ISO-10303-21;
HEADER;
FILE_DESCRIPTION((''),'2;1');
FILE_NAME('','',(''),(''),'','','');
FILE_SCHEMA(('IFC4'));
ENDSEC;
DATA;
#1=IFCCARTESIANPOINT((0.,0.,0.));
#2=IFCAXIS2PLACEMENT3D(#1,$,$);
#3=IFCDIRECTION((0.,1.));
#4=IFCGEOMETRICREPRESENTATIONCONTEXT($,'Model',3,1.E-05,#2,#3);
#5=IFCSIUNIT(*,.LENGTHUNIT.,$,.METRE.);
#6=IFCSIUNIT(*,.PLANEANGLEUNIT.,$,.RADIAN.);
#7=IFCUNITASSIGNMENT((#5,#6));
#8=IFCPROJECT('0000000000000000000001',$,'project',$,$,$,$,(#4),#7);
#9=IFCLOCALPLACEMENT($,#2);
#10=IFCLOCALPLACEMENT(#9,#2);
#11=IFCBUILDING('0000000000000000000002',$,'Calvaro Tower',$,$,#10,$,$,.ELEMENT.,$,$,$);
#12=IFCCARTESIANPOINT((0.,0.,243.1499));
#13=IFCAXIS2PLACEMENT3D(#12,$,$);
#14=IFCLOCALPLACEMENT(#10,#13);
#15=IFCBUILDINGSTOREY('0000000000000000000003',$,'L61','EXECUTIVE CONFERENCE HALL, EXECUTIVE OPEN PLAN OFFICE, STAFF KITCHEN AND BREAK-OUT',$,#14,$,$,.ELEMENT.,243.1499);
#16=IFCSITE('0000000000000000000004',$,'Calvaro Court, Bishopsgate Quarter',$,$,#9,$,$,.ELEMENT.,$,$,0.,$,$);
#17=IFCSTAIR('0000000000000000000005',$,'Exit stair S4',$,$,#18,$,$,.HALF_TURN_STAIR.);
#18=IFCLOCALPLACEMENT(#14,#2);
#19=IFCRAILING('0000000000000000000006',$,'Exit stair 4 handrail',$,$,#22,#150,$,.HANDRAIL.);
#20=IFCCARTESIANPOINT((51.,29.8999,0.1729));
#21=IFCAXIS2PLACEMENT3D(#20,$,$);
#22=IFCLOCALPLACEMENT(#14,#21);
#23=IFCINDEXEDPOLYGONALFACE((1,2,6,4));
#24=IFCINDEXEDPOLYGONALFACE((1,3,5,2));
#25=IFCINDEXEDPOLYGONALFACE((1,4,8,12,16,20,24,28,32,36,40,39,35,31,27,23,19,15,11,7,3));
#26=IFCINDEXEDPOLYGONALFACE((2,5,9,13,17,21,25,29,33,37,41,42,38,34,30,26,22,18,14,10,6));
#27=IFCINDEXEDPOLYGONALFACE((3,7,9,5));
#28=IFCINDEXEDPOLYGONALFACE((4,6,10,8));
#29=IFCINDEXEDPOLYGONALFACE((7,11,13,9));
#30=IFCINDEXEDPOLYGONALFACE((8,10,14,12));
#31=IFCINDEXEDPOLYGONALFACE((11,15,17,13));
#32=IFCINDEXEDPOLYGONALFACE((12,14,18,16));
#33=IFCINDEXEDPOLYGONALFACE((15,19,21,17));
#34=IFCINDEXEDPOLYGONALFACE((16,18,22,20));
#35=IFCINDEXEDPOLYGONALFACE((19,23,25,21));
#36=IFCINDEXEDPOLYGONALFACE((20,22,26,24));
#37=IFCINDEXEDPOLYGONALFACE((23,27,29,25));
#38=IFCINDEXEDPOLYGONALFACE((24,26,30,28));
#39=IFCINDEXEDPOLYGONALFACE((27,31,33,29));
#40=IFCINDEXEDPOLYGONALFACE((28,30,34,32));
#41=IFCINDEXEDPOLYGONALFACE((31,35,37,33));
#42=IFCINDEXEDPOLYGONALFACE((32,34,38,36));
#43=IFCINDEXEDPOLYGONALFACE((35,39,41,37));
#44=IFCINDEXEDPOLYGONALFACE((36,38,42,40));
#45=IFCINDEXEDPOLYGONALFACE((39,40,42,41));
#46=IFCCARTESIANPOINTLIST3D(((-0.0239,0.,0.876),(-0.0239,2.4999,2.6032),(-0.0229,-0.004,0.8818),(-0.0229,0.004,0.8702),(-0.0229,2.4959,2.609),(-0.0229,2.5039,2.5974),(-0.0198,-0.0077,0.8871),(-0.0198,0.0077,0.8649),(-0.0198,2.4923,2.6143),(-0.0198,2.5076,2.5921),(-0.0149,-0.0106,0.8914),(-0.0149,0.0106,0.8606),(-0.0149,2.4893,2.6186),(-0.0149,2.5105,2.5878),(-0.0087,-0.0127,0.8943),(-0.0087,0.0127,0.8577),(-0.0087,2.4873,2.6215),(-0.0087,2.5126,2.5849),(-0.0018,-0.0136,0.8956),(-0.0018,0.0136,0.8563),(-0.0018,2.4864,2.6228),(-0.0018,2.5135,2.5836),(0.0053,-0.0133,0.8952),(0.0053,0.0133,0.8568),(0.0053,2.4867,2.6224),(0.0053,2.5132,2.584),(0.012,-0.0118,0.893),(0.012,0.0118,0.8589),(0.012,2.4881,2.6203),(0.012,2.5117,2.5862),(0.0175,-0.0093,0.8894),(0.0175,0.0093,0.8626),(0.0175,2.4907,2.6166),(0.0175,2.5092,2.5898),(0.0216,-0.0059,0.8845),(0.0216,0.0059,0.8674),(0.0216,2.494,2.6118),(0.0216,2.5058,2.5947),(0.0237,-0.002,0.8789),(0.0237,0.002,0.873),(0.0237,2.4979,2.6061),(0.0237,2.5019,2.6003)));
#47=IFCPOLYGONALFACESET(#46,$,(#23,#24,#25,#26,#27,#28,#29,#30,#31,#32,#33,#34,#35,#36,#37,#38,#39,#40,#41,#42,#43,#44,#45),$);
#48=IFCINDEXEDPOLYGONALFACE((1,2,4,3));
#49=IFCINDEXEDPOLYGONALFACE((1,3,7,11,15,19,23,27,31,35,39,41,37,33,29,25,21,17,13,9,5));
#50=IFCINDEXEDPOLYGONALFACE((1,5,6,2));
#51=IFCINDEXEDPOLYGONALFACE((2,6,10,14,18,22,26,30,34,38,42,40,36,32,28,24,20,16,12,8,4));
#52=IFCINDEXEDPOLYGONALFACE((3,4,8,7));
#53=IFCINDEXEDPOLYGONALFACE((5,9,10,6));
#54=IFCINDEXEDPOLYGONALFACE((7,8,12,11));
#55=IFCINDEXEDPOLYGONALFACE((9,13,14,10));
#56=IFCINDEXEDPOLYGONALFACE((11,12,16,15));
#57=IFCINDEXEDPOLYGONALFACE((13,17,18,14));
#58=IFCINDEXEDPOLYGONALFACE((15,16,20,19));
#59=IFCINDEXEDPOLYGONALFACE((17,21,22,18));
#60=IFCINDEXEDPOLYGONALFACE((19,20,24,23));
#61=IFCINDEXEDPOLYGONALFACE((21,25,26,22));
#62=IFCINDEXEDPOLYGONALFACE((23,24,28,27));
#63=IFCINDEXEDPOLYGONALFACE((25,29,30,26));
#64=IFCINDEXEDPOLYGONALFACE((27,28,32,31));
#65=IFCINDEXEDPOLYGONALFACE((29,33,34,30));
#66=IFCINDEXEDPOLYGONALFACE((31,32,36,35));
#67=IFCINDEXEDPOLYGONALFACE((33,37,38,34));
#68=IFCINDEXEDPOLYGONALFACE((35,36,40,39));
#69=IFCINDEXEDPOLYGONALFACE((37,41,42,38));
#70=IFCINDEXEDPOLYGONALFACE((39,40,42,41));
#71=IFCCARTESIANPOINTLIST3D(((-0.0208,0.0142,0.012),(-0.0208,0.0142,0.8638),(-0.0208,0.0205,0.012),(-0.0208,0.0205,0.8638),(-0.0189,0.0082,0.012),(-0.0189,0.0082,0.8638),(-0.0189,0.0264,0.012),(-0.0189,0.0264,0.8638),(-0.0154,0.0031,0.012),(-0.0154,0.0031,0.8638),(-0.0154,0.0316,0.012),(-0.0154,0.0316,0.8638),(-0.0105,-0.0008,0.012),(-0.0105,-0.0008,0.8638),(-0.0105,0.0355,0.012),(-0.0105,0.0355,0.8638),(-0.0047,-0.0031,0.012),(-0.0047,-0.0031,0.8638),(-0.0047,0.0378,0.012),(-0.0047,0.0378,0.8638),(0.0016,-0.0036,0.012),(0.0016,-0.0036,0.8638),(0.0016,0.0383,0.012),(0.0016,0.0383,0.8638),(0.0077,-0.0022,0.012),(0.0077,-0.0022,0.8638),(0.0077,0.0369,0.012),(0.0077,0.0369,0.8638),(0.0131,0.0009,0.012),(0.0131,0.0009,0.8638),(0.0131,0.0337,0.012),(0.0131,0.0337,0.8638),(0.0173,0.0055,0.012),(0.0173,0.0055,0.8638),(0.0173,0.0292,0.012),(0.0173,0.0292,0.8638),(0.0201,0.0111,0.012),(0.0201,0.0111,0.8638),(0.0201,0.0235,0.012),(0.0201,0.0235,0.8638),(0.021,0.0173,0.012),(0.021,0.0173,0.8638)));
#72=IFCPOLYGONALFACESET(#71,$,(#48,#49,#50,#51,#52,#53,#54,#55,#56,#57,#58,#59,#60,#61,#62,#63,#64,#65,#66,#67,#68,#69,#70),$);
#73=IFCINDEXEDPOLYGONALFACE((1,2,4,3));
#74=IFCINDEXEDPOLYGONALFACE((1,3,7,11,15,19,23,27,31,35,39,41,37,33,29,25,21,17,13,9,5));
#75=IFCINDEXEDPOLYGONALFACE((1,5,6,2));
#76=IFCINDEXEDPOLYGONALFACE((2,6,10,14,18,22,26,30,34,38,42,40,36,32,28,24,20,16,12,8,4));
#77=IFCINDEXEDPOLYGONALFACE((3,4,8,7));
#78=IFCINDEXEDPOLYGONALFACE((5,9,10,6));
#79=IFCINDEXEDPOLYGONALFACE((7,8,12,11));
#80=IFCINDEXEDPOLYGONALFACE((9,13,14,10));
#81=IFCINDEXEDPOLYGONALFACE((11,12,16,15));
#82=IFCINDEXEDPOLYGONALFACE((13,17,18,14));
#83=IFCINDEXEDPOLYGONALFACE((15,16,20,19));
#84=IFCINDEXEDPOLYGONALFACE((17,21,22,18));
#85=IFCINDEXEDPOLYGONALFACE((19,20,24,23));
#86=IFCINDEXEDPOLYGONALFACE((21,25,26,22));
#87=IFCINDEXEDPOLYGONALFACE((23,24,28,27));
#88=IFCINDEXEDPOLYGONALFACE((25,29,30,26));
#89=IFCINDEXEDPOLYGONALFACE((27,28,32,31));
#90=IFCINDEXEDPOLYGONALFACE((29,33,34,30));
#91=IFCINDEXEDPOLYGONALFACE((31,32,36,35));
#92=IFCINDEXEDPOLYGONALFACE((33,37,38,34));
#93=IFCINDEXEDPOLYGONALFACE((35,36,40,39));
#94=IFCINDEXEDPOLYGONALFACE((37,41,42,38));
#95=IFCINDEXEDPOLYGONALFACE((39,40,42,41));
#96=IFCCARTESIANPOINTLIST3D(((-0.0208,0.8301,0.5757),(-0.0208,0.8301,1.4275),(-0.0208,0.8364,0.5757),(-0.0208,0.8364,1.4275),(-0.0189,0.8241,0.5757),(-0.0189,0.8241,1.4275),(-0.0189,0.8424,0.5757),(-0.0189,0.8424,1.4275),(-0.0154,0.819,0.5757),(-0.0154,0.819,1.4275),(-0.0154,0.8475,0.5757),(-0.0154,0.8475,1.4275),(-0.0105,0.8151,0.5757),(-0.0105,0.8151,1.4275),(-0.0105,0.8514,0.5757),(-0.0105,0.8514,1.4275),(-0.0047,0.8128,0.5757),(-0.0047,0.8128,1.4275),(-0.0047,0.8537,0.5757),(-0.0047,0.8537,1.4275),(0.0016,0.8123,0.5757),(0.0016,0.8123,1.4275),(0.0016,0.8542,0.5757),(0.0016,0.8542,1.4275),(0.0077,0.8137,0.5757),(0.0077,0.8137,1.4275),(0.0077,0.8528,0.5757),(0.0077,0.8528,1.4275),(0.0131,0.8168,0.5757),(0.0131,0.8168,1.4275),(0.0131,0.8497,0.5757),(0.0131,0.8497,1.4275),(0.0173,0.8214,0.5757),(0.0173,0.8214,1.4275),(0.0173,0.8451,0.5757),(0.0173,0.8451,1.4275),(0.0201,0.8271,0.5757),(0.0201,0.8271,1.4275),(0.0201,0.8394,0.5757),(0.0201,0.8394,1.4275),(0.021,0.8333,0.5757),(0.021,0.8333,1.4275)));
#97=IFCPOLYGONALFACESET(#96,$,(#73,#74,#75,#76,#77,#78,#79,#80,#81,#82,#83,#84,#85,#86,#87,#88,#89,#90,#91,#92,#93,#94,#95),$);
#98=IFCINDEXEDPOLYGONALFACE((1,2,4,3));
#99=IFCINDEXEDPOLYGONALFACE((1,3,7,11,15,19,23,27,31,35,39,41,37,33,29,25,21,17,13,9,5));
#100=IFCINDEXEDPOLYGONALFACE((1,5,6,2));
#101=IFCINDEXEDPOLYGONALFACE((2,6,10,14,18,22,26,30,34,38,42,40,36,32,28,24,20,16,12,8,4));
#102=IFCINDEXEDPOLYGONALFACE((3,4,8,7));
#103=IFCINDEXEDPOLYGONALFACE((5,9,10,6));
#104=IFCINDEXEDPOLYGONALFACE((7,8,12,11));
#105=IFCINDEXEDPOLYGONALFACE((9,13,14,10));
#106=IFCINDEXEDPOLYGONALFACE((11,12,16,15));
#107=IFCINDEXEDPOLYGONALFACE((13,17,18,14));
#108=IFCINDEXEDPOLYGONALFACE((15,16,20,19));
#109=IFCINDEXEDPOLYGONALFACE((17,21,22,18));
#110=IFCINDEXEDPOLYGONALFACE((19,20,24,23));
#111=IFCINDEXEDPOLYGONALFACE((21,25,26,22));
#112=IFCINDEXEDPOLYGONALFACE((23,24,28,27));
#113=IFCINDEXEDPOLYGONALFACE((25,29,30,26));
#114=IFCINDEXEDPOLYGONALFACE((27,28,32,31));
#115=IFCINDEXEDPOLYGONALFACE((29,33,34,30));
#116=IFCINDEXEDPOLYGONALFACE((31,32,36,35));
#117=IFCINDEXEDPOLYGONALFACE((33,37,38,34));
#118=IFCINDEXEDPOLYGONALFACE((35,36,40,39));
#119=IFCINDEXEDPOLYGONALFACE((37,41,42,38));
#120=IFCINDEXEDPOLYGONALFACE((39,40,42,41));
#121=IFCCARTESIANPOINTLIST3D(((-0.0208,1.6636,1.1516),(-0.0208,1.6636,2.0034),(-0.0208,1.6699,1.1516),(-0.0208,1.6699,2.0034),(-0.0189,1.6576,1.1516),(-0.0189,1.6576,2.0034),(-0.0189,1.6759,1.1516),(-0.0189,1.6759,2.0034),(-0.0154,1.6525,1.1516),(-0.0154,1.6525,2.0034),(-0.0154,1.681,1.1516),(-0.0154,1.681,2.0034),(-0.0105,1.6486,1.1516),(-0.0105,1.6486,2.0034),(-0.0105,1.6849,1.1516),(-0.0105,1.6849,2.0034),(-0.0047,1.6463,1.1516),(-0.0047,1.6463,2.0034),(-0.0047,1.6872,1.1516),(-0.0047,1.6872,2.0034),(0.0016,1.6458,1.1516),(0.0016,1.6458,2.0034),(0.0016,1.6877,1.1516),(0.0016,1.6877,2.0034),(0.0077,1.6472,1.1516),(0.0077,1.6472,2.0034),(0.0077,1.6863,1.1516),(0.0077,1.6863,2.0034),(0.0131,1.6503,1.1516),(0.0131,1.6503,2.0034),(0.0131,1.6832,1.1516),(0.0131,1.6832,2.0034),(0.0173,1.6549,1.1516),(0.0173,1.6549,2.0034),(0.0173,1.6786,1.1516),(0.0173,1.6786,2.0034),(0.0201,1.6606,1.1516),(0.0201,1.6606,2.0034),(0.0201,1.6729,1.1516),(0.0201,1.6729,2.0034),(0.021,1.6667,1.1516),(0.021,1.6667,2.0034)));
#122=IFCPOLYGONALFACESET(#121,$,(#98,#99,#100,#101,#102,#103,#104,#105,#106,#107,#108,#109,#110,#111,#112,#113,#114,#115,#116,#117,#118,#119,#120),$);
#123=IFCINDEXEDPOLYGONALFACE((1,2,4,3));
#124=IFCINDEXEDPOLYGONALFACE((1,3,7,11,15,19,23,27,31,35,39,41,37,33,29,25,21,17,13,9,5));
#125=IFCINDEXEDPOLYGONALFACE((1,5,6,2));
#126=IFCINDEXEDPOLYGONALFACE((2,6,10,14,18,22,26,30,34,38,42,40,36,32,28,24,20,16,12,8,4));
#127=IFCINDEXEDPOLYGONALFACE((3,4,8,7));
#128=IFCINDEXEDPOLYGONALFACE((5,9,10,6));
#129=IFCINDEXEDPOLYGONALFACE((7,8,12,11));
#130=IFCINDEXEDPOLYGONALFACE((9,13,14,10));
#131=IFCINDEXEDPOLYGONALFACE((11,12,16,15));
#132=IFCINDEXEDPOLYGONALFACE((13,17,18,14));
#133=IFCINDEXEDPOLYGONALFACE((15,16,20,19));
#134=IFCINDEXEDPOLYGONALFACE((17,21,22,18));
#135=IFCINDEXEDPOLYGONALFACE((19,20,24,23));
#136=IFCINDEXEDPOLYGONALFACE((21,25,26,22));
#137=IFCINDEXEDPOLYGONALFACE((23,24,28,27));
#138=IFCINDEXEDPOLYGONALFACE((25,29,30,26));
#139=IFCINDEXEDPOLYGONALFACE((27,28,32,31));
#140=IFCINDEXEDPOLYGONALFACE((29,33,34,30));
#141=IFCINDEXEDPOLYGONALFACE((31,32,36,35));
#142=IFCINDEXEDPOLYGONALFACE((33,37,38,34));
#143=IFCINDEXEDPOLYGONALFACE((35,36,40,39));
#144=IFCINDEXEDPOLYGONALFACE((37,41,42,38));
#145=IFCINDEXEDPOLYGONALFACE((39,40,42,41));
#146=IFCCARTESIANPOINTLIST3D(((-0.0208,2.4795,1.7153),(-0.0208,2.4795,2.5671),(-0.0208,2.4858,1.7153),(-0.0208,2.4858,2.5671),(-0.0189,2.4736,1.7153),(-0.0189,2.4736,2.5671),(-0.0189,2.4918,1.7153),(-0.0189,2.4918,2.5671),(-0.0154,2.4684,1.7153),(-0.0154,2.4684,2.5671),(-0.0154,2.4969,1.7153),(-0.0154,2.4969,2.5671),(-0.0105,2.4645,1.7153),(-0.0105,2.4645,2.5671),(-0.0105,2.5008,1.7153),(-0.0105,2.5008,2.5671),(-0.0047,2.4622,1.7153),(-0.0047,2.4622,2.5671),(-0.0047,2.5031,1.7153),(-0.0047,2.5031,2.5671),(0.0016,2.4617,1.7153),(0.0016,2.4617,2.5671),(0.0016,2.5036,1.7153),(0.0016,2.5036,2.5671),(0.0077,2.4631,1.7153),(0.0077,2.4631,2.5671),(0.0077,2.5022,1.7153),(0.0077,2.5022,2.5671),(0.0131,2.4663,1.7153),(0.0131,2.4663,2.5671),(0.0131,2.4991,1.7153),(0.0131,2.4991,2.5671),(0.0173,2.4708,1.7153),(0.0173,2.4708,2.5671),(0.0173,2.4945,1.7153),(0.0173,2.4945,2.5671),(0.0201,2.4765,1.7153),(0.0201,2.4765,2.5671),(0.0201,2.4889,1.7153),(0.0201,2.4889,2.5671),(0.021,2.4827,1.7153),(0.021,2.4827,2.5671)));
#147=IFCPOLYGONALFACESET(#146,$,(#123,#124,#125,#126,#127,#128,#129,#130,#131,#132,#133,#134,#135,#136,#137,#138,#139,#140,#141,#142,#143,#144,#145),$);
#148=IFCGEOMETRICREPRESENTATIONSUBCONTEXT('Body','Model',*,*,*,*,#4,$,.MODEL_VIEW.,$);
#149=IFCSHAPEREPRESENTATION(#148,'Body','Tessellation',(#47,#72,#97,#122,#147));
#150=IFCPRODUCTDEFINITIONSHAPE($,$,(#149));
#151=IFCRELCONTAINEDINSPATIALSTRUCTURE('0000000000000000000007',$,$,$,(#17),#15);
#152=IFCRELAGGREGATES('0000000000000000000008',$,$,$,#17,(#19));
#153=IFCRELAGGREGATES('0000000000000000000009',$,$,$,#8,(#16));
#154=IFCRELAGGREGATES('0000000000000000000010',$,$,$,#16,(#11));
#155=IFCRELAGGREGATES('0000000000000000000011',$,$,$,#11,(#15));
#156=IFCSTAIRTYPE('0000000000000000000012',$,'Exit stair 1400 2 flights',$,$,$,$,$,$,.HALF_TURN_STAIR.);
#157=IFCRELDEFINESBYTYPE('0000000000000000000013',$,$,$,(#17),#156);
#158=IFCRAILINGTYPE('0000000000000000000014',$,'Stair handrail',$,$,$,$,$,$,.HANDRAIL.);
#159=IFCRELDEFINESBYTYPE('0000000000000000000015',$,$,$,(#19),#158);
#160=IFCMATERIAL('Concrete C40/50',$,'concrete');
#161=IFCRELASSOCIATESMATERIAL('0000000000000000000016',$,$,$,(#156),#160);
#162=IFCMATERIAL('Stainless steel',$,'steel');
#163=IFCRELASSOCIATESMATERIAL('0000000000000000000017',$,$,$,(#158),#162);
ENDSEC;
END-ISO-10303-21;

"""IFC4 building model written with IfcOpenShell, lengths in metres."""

from ifc_helpers import new_model, si_unit, direction, frame, origin, origin_2d, place, context, subcontext, project, spatial, circle, extrude, material, type_object, element, aggregate, save


model = new_model("IFC4")

# Units and contexts
model_context = context("Model", 3, precision=1e-05, world=origin(), true_north=direction((0.0, 1.0)))
body_context = subcontext(model_context, "Body", "Model", "MODEL_VIEW")
ifc_project = project(units=[si_unit("LENGTHUNIT", "METRE"), si_unit("PLANEANGLEUNIT", "RADIAN")], contexts=[model_context])

# Site, building, storey
site_placement = place(None, origin())
site = spatial("IfcSite", under=ifc_project, at=site_placement, Name="Calvaro Court, Bishopsgate Quarter", CompositionType="ELEMENT", RefElevation=0.0)
building_placement = place(site_placement, origin())
building = spatial("IfcBuilding", under=site, at=building_placement, Name="Calvaro Tower", CompositionType="ELEMENT")
storey_placement = place(building_placement, frame((0.0, 0.0, 243.1499)))
storey = spatial("IfcBuildingStorey", under=building, at=storey_placement, Name="L61", Description="EXECUTIVE CONFERENCE HALL, EXECUTIVE OPEN PLAN OFFICE, STAFF KITCHEN AND BREAK-OUT", CompositionType="ELEMENT", Elevation=243.1499)

# Stair
ifc_material_1 = material(Name="Concrete C40/50", Category="concrete")
stair_type = type_object("IfcStairType", Name="Exit stair 1400 2 flights", PredefinedType="HALF_TURN_STAIR", material=ifc_material_1)
stair_1_placement = place(storey_placement, origin())
stair_1 = element("IfcStair", 1, at=stair_1_placement, inside=storey, type_object=stair_type, Name="Exit stair S4", PredefinedType="HALF_TURN_STAIR")

# Railing
ifc_material_2 = material(Name="Stainless steel", Category="steel")
railing_type = type_object("IfcRailingType", Name="Stair handrail", PredefinedType="HANDRAIL", material=ifc_material_2)
railing_1_placement = place(storey_placement, frame((51.0, 29.8999, 0.1729)))
railing_1 = element("IfcRailing", 2, at=railing_1_placement, type_object=railing_type, Name="Exit stair 4 handrail", PredefinedType="HANDRAIL", context=body_context, shape_type="SweptSolid", body=[
    extrude(circle(Radius=0.0239, at=origin_2d()), frame((0.0, 0.0, 0.876), z_axis=(0.0, 0.822727, 0.568437), x_axis=(-1.0, 0.0, 0.0)), (0.0, 0.0, 1.0), 3.0386),
    extrude(circle(Radius=0.021, at=origin_2d()), frame((0.0, 0.0173, 0.012)), (0.0, 0.0, 1.0), 0.8518),
    extrude(circle(Radius=0.021, at=origin_2d()), frame((0.0, 0.8333, 0.5757)), (0.0, 0.0, 1.0), 0.8518),
    extrude(circle(Radius=0.021, at=origin_2d()), frame((0.0, 1.6667, 1.1516)), (0.0, 0.0, 1.0), 0.8518),
    extrude(circle(Radius=0.021, at=origin_2d()), frame((0.0, 2.4827, 1.7153)), (0.0, 0.0, 1.0), 0.8518),
])
aggregate(stair_1, [railing_1])

save(model, "model.ifc")
